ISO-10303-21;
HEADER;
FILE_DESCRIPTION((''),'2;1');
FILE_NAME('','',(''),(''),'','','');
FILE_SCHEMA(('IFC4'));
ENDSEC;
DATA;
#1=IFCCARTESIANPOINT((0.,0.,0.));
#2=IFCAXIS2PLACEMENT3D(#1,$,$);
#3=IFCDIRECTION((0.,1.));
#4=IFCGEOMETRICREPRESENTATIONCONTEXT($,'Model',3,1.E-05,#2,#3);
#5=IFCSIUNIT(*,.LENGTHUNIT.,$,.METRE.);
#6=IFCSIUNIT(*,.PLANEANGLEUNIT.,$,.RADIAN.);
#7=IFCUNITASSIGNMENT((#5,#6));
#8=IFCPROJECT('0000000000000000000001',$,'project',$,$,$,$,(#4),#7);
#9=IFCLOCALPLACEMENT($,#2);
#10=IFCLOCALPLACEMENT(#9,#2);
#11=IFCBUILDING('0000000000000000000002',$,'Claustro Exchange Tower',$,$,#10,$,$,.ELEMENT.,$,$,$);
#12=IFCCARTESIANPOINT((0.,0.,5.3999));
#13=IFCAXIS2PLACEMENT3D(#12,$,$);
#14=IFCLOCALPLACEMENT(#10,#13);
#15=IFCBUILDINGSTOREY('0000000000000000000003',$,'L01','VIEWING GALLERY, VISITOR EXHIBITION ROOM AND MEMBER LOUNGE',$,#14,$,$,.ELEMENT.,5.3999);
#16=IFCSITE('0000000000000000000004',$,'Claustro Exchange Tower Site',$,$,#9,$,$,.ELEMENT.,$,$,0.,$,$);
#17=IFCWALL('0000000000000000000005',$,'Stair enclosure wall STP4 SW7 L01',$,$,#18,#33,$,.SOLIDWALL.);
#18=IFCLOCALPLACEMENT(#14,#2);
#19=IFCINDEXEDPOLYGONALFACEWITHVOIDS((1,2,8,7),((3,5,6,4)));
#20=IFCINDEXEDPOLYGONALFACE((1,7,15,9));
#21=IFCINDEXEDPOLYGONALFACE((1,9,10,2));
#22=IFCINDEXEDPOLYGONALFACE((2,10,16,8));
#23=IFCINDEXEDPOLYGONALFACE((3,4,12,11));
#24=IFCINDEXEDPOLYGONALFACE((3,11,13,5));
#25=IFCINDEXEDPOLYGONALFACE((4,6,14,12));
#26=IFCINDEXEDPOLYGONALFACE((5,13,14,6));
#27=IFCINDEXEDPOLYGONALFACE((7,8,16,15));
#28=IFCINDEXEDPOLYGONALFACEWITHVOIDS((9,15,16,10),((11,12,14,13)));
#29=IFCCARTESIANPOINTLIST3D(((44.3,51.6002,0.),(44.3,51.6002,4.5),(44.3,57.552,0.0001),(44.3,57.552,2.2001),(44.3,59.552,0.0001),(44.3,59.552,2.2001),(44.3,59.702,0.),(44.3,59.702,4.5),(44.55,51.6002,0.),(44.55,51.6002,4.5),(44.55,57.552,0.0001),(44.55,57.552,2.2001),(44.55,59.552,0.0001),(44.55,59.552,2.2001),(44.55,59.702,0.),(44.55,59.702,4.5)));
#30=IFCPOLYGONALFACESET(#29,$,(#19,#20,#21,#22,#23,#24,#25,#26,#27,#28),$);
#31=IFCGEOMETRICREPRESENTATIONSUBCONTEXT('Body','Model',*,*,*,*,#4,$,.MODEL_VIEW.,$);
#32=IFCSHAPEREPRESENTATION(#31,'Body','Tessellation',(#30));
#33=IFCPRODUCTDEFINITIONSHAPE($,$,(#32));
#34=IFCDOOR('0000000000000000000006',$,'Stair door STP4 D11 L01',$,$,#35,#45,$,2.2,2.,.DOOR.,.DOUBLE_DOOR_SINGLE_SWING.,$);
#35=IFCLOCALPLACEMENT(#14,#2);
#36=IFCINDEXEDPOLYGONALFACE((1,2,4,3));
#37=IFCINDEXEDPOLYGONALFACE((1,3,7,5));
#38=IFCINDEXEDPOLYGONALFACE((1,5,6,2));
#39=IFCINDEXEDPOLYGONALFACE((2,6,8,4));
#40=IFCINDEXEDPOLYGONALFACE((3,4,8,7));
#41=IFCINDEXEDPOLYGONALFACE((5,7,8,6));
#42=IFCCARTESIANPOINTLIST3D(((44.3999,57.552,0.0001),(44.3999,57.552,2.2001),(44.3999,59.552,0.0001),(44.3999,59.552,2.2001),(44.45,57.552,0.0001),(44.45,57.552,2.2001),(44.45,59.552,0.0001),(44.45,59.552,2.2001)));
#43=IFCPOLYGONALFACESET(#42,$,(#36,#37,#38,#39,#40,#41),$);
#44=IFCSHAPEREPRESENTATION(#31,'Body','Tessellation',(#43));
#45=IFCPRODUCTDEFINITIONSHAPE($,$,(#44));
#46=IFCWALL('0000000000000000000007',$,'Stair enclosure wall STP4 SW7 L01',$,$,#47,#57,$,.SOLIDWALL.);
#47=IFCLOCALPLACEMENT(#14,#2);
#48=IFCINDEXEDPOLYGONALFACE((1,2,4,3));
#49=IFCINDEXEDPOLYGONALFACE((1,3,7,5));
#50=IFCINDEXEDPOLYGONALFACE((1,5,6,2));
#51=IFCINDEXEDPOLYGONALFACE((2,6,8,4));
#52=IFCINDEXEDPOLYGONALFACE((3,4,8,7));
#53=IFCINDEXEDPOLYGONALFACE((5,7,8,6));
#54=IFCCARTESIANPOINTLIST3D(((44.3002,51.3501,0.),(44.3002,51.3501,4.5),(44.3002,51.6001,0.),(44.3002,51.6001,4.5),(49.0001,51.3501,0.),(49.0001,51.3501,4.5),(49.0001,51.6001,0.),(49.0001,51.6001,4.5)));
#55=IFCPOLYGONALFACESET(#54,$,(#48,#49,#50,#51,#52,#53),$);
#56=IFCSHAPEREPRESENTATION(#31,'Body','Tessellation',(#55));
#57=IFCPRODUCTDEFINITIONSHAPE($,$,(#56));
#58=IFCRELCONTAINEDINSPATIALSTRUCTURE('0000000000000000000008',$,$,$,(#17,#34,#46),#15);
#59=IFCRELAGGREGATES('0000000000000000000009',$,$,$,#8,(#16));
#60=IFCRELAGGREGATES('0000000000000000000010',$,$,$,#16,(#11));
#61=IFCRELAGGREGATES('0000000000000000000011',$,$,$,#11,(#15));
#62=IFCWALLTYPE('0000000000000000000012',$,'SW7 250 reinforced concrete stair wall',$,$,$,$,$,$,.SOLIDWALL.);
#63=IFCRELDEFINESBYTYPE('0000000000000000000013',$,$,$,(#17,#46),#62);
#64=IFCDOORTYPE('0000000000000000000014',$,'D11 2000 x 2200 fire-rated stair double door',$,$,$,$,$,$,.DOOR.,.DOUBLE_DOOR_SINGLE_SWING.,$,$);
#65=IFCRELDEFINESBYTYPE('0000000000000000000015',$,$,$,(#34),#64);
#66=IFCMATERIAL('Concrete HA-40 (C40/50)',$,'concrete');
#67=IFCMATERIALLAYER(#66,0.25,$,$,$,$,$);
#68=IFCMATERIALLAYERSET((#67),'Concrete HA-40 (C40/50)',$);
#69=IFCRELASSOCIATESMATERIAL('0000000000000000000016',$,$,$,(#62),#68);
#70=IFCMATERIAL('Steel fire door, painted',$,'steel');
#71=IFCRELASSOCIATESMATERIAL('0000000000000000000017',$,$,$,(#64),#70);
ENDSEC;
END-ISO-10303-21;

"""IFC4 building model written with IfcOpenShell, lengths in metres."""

from ifc_helpers import new_model, si_unit, direction, frame, frame_2d, origin, place, context, subcontext, project, spatial, rectangle, extrude, material, layer, layer_set, type_object, element, fill, save


model = new_model("IFC4")

# Units and contexts
model_context = context("Model", 3, precision=1e-05, world=origin(), true_north=direction((0.0, 1.0)))
body_context = subcontext(model_context, "Body", "Model", "MODEL_VIEW")
ifc_project = project(units=[si_unit("LENGTHUNIT", "METRE"), si_unit("PLANEANGLEUNIT", "RADIAN")], contexts=[model_context])

# Site, building, storey
site_placement = place(None, origin())
site = spatial("IfcSite", under=ifc_project, at=site_placement, Name="Claustro Exchange Tower Site", CompositionType="ELEMENT", RefElevation=0.0)
building_placement = place(site_placement, origin())
building = spatial("IfcBuilding", under=site, at=building_placement, Name="Claustro Exchange Tower", CompositionType="ELEMENT")
storey_placement = place(building_placement, frame((0.0, 0.0, 5.3999)))
storey = spatial("IfcBuildingStorey", under=building, at=storey_placement, Name="L01", Description="VIEWING GALLERY, VISITOR EXHIBITION ROOM AND MEMBER LOUNGE", CompositionType="ELEMENT", Elevation=5.3999)

# Wall, opening, door
ifc_material_1 = material(Name="Concrete HA-40 (C40/50)", Category="concrete")
ifc_layer_1 = layer(ifc_material_1, 0.25)
ifc_layer_set_1 = layer_set([ifc_layer_1], Name="Concrete HA-40 (C40/50)")
wall_type_1 = type_object("IfcWallType", Name="SW7 250 reinforced concrete stair wall", PredefinedType="SOLIDWALL", material=ifc_layer_set_1)
wall_1_placement = place(storey_placement, frame((44.425, 59.7019, 0.0), z_axis=(0.0, 0.0, 1.0), x_axis=(0.0, -1.0, 0.0)))
wall_1 = element("IfcWall", 1, at=wall_1_placement, inside=storey, type_object=wall_type_1, Name="Stair enclosure wall STP4 SW7 L01", PredefinedType="SOLIDWALL", context=body_context, shape_type="SweptSolid", body=[
    extrude(rectangle(XDim=8.1018, YDim=0.25, at=frame_2d((4.0508, 0.0))), origin(), (0.0, 0.0, 1.0), 4.5),
])
opening_1_placement = place(wall_1_placement, frame((0.1499, 0.0, 0.0)))
opening_1 = element("IfcOpeningElement", 2, at=opening_1_placement, cuts=wall_1, PredefinedType="OPENING", context=body_context, shape_type="SweptSolid", body=[
    extrude(rectangle(XDim=2.0, YDim=2.2, at=frame_2d((1.0, 1.1001))), frame((0.0, 0.135, 0.0), z_axis=(0.0, -1.0, 0.0), x_axis=(1.0, 0.0, 0.0)), (0.0, 0.0, 1.0), 0.27),
])
ifc_material_2 = material(Name="Steel fire door, painted", Category="steel")
door_type = type_object("IfcDoorType", Name="D11 2000 x 2200 fire-rated stair double door", OperationType="DOUBLE_DOOR_SINGLE_SWING", PredefinedType="DOOR", material=ifc_material_2)
door_placement = place(opening_1_placement, origin())
door = element("IfcDoor", 3, at=door_placement, inside=storey, type_object=door_type, Name="Stair door STP4 D11 L01", OperationType="DOUBLE_DOOR_SINGLE_SWING", OverallHeight=2.2, OverallWidth=2.0, PredefinedType="DOOR", context=body_context, shape_type="SweptSolid", body=[
    extrude(rectangle(XDim=2.0, YDim=2.2, at=frame_2d((1.0, 1.1001))), frame((0.0, 0.0249, 0.0), z_axis=(0.0, -1.0, 0.0), x_axis=(1.0, 0.0, 0.0)), (0.0, 0.0, 1.0), 0.05),
])
fill(opening_1, door)

# Wall
wall_2_placement = place(storey_placement, frame((44.3, 51.4751, 0.0), z_axis=(0.0, 0.0, 1.0), x_axis=(1.0, 0.0, 0.0)))
element("IfcWall", 4, at=wall_2_placement, inside=storey, type_object=wall_type_1, Name="Stair enclosure wall STP4 SW7 L01", PredefinedType="SOLIDWALL", context=body_context, shape_type="SweptSolid", body=[
    extrude(rectangle(XDim=4.7, YDim=0.25, at=frame_2d((2.3501, 0.0))), origin(), (0.0, 0.0, 1.0), 4.5),
])

save(model, "model.ifc")
